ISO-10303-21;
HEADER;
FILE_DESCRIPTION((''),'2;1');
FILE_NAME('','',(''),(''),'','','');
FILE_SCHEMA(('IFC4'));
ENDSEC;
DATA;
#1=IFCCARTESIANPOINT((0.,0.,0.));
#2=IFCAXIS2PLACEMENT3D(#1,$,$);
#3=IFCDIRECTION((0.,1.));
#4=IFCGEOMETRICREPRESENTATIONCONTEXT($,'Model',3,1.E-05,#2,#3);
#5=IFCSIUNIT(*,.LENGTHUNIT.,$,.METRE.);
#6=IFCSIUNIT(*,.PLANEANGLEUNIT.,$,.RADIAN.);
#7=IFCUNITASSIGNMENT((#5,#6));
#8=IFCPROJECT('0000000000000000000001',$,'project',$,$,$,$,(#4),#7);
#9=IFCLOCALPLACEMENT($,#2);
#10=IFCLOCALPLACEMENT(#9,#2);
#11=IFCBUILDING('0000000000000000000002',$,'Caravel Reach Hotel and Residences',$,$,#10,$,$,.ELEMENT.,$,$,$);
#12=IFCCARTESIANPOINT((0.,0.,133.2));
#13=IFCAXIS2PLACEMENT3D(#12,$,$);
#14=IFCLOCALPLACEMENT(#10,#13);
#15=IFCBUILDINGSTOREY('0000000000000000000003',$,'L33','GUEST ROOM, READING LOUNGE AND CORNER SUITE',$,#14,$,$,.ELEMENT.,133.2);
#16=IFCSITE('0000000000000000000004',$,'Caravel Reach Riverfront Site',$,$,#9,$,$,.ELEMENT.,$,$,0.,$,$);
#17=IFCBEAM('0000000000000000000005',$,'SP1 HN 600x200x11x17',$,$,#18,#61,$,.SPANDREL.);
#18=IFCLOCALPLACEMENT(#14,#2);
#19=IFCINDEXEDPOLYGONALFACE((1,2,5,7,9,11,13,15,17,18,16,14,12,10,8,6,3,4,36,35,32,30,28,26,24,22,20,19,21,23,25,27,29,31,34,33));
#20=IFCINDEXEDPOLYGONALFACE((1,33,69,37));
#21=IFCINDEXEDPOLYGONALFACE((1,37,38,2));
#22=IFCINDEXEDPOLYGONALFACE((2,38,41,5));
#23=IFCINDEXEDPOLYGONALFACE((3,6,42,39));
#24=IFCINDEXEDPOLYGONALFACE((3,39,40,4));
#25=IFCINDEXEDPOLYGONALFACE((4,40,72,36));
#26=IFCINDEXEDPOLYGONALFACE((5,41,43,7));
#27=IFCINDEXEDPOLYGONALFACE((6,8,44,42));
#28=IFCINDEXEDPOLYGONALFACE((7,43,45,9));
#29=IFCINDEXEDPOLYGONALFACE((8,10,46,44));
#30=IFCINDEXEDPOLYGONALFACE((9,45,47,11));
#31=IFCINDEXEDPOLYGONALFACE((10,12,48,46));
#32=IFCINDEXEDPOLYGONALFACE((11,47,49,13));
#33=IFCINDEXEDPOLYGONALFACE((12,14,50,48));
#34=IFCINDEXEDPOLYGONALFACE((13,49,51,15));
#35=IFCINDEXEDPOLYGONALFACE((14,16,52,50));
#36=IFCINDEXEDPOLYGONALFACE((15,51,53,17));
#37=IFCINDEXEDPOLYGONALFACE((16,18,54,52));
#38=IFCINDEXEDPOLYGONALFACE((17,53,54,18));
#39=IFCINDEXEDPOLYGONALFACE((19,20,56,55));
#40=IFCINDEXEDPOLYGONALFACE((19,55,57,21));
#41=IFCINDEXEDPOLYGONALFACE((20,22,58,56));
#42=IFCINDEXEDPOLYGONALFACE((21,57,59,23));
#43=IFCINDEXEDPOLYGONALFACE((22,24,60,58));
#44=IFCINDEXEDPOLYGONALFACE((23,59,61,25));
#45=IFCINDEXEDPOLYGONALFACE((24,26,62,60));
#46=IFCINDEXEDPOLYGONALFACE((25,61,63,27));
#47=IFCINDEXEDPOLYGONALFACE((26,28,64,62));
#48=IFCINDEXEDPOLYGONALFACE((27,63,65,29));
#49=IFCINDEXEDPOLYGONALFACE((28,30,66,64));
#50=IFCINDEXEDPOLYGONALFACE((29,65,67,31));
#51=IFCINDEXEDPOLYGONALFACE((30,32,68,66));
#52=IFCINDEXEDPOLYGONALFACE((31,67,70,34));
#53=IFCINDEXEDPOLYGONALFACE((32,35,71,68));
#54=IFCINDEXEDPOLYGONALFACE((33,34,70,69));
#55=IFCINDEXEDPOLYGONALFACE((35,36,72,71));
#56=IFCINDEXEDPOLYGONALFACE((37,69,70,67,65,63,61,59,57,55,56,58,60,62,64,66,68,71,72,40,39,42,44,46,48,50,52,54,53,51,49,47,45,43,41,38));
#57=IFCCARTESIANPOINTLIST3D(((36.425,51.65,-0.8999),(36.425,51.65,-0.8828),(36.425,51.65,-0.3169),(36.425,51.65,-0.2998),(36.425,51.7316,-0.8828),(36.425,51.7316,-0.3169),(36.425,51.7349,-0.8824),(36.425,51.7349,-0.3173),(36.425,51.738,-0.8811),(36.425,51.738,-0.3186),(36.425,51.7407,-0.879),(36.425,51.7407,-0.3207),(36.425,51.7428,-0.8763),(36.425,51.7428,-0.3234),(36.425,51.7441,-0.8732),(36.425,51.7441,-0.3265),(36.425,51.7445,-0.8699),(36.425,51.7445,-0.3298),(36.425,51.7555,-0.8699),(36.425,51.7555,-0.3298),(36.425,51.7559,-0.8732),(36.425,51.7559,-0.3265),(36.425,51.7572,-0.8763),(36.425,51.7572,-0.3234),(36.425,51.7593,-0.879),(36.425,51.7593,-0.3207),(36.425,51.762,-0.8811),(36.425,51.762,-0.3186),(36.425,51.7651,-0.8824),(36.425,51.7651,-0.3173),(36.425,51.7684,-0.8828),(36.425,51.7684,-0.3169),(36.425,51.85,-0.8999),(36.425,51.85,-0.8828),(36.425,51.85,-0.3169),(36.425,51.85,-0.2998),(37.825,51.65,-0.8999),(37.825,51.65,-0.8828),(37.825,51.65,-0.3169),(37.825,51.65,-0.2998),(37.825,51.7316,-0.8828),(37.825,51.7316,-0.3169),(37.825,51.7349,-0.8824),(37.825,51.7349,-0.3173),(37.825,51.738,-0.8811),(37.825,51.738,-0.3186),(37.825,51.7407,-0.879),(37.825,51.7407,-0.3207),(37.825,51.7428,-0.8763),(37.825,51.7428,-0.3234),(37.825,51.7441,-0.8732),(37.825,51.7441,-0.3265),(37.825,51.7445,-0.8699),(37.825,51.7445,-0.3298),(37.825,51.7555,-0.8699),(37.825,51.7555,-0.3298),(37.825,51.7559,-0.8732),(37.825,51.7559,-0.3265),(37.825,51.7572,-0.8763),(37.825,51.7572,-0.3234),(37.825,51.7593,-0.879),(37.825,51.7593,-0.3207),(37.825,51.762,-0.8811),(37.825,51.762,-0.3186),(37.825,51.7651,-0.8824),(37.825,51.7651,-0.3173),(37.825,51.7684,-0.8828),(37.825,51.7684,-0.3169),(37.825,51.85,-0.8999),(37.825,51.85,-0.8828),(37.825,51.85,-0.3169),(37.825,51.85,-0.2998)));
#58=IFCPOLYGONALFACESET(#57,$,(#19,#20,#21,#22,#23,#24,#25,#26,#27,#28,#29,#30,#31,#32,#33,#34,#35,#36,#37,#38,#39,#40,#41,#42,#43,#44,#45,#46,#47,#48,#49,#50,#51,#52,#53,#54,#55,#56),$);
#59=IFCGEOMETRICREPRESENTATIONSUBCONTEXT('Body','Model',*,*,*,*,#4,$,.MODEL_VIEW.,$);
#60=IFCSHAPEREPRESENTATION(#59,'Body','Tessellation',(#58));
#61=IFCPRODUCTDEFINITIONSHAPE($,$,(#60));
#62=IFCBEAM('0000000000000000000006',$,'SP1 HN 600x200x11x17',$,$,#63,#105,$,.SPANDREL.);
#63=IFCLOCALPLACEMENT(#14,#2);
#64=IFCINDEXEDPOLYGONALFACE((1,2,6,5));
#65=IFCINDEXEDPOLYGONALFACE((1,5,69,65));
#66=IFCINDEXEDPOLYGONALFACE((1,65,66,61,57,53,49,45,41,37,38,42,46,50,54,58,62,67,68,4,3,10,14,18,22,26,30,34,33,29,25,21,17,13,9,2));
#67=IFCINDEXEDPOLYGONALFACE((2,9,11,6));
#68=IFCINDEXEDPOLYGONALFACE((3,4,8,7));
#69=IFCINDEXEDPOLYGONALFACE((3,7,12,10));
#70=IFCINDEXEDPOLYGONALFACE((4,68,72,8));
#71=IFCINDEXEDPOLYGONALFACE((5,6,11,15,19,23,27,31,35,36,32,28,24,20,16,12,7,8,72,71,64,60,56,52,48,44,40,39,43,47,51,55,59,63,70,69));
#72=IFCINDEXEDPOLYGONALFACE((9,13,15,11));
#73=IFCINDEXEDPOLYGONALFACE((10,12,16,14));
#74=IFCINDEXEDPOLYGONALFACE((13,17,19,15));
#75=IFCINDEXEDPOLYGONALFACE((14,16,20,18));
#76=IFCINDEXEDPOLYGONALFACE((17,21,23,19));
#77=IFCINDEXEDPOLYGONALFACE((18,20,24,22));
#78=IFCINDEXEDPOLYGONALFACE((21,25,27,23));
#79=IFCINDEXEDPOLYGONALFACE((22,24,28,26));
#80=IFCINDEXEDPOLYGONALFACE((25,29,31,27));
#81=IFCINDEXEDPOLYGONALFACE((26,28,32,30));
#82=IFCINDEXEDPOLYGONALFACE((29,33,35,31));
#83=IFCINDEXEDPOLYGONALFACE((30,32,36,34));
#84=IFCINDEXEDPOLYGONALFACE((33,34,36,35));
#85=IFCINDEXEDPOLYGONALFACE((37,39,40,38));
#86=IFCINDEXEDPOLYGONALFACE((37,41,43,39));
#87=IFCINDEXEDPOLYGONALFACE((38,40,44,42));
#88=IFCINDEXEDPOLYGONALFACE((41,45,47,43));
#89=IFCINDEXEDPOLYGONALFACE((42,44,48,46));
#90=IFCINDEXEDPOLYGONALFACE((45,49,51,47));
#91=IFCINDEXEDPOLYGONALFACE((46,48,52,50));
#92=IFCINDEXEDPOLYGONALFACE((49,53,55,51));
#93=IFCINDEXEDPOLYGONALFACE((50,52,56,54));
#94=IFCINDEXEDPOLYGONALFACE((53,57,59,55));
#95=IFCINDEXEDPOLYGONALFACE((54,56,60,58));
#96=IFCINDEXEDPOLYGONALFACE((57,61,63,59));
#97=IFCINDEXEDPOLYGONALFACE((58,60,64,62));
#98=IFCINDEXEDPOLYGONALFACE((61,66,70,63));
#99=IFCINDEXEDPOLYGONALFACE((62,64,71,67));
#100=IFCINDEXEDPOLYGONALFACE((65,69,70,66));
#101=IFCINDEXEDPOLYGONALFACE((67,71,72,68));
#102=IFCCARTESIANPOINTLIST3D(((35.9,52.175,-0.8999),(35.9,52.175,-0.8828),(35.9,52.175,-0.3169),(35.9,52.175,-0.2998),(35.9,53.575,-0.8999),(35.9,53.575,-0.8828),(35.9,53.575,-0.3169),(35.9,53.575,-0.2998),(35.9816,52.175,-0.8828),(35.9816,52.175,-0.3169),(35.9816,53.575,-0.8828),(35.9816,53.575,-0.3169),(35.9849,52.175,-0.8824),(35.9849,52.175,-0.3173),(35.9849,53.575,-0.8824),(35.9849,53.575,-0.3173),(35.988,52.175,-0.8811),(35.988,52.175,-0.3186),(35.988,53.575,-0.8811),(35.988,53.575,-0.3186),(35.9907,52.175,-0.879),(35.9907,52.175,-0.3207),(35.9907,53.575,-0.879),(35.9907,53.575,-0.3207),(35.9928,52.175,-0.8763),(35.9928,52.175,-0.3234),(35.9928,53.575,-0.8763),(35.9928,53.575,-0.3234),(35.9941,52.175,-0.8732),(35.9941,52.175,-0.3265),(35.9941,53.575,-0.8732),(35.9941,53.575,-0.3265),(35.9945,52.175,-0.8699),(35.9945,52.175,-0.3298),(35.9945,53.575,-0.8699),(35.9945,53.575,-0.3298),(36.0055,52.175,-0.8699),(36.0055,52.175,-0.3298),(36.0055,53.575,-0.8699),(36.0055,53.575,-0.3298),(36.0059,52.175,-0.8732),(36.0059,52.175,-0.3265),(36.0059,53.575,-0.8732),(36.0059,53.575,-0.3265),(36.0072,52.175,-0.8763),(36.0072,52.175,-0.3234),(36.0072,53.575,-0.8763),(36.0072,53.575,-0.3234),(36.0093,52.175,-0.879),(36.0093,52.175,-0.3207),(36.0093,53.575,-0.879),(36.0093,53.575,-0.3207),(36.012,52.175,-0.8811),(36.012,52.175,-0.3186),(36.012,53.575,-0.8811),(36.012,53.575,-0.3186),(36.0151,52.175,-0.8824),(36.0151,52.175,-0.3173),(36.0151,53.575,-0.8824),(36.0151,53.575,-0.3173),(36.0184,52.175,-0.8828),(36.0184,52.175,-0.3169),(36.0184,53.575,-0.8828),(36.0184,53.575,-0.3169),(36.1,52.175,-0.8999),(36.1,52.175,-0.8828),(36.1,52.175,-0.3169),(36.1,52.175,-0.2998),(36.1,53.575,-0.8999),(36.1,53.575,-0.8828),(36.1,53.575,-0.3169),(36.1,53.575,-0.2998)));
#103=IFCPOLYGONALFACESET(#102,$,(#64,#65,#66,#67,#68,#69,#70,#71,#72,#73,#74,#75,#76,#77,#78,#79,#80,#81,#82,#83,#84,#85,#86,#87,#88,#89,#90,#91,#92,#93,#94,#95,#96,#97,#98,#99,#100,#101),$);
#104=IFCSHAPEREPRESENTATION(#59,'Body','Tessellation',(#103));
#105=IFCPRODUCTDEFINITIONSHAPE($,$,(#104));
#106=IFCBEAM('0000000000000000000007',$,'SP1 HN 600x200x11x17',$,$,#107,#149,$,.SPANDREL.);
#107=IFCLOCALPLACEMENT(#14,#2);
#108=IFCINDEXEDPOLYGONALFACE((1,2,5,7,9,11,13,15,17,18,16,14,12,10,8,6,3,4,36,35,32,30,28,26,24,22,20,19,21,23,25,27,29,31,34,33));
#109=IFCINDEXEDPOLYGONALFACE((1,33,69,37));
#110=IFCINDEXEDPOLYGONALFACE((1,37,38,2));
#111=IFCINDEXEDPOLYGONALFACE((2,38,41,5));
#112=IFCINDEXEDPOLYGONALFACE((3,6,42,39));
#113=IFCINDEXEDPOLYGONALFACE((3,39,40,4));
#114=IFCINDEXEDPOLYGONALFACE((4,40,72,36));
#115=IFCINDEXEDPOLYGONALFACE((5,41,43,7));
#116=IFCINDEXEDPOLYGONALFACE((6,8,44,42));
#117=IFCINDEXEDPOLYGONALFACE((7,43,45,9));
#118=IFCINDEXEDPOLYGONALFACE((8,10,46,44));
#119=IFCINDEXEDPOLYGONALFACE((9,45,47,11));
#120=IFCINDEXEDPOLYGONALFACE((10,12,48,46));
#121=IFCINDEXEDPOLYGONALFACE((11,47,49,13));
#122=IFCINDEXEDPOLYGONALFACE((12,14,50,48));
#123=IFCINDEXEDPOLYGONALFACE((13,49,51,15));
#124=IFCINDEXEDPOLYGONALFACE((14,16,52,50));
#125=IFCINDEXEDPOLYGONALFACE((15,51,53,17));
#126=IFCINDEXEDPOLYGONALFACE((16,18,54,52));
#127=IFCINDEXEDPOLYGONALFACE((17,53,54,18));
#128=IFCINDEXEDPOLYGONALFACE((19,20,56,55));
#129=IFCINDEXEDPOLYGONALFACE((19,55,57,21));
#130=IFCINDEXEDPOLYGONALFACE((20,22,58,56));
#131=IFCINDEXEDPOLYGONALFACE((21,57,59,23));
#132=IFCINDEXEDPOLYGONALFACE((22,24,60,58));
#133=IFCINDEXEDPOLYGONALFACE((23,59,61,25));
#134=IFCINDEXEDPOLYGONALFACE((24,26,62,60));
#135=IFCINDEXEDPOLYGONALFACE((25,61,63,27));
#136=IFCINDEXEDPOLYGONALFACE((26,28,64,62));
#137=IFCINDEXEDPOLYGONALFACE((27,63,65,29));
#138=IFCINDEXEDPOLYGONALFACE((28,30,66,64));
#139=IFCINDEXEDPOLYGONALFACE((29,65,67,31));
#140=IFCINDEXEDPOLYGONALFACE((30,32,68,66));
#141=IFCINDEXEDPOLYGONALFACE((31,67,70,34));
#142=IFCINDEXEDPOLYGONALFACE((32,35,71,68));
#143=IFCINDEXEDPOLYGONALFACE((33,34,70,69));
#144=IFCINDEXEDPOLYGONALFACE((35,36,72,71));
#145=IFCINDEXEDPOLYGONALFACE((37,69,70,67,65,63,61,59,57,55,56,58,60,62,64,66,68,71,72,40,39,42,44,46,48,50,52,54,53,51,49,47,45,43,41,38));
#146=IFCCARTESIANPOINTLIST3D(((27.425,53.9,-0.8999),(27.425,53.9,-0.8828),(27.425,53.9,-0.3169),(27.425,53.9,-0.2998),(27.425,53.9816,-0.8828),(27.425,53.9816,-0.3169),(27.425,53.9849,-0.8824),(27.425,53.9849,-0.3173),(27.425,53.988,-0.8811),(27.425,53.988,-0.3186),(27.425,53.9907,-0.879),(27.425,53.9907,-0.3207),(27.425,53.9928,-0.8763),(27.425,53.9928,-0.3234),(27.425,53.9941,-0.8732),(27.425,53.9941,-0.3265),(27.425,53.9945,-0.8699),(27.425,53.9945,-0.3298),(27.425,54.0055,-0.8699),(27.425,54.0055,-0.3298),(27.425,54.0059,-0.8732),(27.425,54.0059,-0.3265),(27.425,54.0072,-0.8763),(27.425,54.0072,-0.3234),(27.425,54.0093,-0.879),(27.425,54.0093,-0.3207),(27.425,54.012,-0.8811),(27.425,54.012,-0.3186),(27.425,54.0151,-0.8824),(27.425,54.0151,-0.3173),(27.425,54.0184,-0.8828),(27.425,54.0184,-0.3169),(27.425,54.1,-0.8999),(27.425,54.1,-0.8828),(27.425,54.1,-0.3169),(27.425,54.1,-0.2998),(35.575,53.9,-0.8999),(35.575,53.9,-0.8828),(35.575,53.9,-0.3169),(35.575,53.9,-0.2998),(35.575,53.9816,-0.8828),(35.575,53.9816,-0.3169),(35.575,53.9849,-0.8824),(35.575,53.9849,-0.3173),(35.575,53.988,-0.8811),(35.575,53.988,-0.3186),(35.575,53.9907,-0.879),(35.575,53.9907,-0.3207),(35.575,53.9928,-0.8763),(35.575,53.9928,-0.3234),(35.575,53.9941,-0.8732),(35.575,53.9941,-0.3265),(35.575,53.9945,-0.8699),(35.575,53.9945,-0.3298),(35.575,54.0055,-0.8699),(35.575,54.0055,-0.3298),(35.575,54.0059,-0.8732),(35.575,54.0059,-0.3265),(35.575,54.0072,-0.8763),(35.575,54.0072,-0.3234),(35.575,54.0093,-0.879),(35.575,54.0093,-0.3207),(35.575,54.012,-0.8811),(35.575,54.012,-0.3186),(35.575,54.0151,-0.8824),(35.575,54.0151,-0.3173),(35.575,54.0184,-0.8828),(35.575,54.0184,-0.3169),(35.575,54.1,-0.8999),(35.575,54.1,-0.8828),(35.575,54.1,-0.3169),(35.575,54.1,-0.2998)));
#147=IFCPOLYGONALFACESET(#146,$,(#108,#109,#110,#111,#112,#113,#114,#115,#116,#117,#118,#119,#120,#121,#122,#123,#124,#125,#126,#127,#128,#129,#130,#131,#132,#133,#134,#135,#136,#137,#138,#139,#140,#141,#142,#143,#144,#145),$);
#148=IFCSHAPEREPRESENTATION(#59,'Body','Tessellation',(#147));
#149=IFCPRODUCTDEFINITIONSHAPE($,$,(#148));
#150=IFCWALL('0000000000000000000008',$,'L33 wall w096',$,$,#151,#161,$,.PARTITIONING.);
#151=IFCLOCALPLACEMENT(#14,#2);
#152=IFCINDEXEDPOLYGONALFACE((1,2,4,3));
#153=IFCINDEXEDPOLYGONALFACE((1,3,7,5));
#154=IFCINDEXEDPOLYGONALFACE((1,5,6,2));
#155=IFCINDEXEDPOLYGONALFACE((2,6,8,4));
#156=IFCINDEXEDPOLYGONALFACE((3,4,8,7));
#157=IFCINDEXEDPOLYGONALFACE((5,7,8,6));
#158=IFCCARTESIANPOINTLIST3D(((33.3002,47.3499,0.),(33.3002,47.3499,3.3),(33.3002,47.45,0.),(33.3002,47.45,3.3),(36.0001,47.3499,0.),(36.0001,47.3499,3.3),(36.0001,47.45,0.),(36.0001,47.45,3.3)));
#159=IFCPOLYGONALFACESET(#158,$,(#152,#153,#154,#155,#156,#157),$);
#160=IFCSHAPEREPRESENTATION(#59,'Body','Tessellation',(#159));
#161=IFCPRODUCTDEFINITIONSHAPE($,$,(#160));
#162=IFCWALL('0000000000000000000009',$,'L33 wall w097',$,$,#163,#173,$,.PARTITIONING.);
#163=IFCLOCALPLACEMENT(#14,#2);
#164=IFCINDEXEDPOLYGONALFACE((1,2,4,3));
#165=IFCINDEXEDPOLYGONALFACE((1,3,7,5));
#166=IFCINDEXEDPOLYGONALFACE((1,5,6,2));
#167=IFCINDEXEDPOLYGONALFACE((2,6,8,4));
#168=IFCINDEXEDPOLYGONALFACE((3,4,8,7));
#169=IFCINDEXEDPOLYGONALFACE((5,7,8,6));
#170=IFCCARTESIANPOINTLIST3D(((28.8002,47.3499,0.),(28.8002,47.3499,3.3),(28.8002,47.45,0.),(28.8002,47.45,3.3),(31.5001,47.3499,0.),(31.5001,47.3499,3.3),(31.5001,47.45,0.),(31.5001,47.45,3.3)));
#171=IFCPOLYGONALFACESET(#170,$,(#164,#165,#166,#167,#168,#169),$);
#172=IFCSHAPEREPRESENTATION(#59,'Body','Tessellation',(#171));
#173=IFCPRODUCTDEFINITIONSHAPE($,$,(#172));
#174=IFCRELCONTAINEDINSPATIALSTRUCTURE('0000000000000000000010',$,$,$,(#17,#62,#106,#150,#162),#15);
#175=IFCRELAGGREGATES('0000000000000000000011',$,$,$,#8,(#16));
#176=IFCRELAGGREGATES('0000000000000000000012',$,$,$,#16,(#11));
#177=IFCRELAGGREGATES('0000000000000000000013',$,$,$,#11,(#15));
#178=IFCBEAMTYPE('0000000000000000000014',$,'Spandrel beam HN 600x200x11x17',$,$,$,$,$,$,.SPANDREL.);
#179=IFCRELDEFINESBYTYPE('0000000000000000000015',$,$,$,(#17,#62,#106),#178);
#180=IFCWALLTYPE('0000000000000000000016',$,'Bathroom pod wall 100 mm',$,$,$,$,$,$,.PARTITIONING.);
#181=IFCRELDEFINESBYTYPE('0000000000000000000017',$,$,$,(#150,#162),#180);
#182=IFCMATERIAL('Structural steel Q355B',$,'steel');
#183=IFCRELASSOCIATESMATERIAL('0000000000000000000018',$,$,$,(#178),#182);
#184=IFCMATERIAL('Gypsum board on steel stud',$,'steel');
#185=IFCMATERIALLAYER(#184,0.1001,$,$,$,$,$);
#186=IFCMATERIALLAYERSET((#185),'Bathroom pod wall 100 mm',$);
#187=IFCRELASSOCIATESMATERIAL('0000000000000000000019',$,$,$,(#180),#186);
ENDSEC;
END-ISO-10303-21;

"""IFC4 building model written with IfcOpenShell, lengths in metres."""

from ifc_helpers import new_model, si_unit, direction, frame, frame_2d, origin, origin_2d, place, context, subcontext, project, spatial, rectangle, i_section, extrude, material, layer, layer_set, material_profile, profile_set, type_object, element, save


model = new_model("IFC4")

# Units and contexts
model_context = context("Model", 3, precision=1e-05, world=origin(), true_north=direction((0.0, 1.0)))
body_context = subcontext(model_context, "Body", "Model", "MODEL_VIEW")
ifc_project = project(units=[si_unit("LENGTHUNIT", "METRE"), si_unit("PLANEANGLEUNIT", "RADIAN")], contexts=[model_context])

# Site, building, storey
site_placement = place(None, origin())
site = spatial("IfcSite", under=ifc_project, at=site_placement, Name="Caravel Reach Riverfront Site", CompositionType="ELEMENT", RefElevation=0.0)
building_placement = place(site_placement, origin())
building = spatial("IfcBuilding", under=site, at=building_placement, Name="Caravel Reach Hotel and Residences", CompositionType="ELEMENT")
storey_placement = place(building_placement, frame((0.0, 0.0, 133.2)))
storey = spatial("IfcBuildingStorey", under=building, at=storey_placement, Name="L33", Description="GUEST ROOM, READING LOUNGE AND CORNER SUITE", CompositionType="ELEMENT", Elevation=133.2)

# Beams
ifc_material_1 = material(Name="Structural steel Q355B", Category="steel")
ifc_material_profile_1 = material_profile(ifc_material_1, i_section(OverallWidth=0.2, OverallDepth=0.6001, WebThickness=0.011, FlangeThickness=0.0171, FilletRadius=0.0129, at=origin_2d()), Name="HN 600x200x11x17")
ifc_profile_set_1 = profile_set([ifc_material_profile_1], Name="Structural steel Q355B")
beam_type = type_object("IfcBeamType", Name="Spandrel beam HN 600x200x11x17", PredefinedType="SPANDREL", material=ifc_profile_set_1)
for number, where, z_axis, x_axis, name in (
    (1, (37.825, 51.75, -0.5999), (-1.0, 0.0, 0.0), (0.0, -1.0, 0.0), "SP1 HN 600x200x11x17"),
    (2, (36.0, 52.175, -0.5999), (0.0, 1.0, 0.0), (-1.0, 0.0, 0.0), "SP1 HN 600x200x11x17"),
):
    element("IfcBeam", number, at=place(storey_placement, frame(where, z_axis=z_axis, x_axis=x_axis)), inside=storey, type_object=beam_type, Name=name, PredefinedType="SPANDREL", context=body_context, shape_type="SweptSolid", body=[
        extrude(i_section(OverallWidth=0.2, OverallDepth=0.6001, WebThickness=0.011, FlangeThickness=0.0171, FilletRadius=0.0129, at=origin_2d()), origin(), (0.0, 0.0, 1.0), 1.3999),
    ])
beam_placement = place(storey_placement, frame((35.575, 54.0, -0.5999), z_axis=(-1.0, 0.0, 0.0), x_axis=(0.0, -1.0, 0.0)))
element("IfcBeam", 3, at=beam_placement, inside=storey, type_object=beam_type, Name="SP1 HN 600x200x11x17", PredefinedType="SPANDREL", context=body_context, shape_type="SweptSolid", body=[
    extrude(i_section(OverallWidth=0.2, OverallDepth=0.6001, WebThickness=0.011, FlangeThickness=0.0171, FilletRadius=0.0129, at=origin_2d()), origin(), (0.0, 0.0, 1.0), 8.1499),
])

# Walls
ifc_material_2 = material(Name="Gypsum board on steel stud", Category="steel")
ifc_layer_1 = layer(ifc_material_2, 0.1001)
ifc_layer_set_1 = layer_set([ifc_layer_1], Name="Bathroom pod wall 100 mm")
wall_type_1 = type_object("IfcWallType", Name="Bathroom pod wall 100 mm", PredefinedType="PARTITIONING", material=ifc_layer_set_1)
for number, where, z_axis, x_axis, name in (
    (4, (33.3, 47.3999, 0.0), (0.0, 0.0, 1.0), (1.0, 0.0, 0.0), "L33 wall w096"),
    (5, (28.8, 47.3999, 0.0), (0.0, 0.0, 1.0), (1.0, 0.0, 0.0), "L33 wall w097"),
):
    element("IfcWall", number, at=place(storey_placement, frame(where, z_axis=z_axis, x_axis=x_axis)), inside=storey, type_object=wall_type_1, Name=name, PredefinedType="PARTITIONING", context=body_context, shape_type="SweptSolid", body=[
        extrude(rectangle(XDim=2.7, YDim=0.1001, at=frame_2d((1.3501, 0.0))), origin(), (0.0, 0.0, 1.0), 3.3),
    ])

save(model, "model.ifc")
